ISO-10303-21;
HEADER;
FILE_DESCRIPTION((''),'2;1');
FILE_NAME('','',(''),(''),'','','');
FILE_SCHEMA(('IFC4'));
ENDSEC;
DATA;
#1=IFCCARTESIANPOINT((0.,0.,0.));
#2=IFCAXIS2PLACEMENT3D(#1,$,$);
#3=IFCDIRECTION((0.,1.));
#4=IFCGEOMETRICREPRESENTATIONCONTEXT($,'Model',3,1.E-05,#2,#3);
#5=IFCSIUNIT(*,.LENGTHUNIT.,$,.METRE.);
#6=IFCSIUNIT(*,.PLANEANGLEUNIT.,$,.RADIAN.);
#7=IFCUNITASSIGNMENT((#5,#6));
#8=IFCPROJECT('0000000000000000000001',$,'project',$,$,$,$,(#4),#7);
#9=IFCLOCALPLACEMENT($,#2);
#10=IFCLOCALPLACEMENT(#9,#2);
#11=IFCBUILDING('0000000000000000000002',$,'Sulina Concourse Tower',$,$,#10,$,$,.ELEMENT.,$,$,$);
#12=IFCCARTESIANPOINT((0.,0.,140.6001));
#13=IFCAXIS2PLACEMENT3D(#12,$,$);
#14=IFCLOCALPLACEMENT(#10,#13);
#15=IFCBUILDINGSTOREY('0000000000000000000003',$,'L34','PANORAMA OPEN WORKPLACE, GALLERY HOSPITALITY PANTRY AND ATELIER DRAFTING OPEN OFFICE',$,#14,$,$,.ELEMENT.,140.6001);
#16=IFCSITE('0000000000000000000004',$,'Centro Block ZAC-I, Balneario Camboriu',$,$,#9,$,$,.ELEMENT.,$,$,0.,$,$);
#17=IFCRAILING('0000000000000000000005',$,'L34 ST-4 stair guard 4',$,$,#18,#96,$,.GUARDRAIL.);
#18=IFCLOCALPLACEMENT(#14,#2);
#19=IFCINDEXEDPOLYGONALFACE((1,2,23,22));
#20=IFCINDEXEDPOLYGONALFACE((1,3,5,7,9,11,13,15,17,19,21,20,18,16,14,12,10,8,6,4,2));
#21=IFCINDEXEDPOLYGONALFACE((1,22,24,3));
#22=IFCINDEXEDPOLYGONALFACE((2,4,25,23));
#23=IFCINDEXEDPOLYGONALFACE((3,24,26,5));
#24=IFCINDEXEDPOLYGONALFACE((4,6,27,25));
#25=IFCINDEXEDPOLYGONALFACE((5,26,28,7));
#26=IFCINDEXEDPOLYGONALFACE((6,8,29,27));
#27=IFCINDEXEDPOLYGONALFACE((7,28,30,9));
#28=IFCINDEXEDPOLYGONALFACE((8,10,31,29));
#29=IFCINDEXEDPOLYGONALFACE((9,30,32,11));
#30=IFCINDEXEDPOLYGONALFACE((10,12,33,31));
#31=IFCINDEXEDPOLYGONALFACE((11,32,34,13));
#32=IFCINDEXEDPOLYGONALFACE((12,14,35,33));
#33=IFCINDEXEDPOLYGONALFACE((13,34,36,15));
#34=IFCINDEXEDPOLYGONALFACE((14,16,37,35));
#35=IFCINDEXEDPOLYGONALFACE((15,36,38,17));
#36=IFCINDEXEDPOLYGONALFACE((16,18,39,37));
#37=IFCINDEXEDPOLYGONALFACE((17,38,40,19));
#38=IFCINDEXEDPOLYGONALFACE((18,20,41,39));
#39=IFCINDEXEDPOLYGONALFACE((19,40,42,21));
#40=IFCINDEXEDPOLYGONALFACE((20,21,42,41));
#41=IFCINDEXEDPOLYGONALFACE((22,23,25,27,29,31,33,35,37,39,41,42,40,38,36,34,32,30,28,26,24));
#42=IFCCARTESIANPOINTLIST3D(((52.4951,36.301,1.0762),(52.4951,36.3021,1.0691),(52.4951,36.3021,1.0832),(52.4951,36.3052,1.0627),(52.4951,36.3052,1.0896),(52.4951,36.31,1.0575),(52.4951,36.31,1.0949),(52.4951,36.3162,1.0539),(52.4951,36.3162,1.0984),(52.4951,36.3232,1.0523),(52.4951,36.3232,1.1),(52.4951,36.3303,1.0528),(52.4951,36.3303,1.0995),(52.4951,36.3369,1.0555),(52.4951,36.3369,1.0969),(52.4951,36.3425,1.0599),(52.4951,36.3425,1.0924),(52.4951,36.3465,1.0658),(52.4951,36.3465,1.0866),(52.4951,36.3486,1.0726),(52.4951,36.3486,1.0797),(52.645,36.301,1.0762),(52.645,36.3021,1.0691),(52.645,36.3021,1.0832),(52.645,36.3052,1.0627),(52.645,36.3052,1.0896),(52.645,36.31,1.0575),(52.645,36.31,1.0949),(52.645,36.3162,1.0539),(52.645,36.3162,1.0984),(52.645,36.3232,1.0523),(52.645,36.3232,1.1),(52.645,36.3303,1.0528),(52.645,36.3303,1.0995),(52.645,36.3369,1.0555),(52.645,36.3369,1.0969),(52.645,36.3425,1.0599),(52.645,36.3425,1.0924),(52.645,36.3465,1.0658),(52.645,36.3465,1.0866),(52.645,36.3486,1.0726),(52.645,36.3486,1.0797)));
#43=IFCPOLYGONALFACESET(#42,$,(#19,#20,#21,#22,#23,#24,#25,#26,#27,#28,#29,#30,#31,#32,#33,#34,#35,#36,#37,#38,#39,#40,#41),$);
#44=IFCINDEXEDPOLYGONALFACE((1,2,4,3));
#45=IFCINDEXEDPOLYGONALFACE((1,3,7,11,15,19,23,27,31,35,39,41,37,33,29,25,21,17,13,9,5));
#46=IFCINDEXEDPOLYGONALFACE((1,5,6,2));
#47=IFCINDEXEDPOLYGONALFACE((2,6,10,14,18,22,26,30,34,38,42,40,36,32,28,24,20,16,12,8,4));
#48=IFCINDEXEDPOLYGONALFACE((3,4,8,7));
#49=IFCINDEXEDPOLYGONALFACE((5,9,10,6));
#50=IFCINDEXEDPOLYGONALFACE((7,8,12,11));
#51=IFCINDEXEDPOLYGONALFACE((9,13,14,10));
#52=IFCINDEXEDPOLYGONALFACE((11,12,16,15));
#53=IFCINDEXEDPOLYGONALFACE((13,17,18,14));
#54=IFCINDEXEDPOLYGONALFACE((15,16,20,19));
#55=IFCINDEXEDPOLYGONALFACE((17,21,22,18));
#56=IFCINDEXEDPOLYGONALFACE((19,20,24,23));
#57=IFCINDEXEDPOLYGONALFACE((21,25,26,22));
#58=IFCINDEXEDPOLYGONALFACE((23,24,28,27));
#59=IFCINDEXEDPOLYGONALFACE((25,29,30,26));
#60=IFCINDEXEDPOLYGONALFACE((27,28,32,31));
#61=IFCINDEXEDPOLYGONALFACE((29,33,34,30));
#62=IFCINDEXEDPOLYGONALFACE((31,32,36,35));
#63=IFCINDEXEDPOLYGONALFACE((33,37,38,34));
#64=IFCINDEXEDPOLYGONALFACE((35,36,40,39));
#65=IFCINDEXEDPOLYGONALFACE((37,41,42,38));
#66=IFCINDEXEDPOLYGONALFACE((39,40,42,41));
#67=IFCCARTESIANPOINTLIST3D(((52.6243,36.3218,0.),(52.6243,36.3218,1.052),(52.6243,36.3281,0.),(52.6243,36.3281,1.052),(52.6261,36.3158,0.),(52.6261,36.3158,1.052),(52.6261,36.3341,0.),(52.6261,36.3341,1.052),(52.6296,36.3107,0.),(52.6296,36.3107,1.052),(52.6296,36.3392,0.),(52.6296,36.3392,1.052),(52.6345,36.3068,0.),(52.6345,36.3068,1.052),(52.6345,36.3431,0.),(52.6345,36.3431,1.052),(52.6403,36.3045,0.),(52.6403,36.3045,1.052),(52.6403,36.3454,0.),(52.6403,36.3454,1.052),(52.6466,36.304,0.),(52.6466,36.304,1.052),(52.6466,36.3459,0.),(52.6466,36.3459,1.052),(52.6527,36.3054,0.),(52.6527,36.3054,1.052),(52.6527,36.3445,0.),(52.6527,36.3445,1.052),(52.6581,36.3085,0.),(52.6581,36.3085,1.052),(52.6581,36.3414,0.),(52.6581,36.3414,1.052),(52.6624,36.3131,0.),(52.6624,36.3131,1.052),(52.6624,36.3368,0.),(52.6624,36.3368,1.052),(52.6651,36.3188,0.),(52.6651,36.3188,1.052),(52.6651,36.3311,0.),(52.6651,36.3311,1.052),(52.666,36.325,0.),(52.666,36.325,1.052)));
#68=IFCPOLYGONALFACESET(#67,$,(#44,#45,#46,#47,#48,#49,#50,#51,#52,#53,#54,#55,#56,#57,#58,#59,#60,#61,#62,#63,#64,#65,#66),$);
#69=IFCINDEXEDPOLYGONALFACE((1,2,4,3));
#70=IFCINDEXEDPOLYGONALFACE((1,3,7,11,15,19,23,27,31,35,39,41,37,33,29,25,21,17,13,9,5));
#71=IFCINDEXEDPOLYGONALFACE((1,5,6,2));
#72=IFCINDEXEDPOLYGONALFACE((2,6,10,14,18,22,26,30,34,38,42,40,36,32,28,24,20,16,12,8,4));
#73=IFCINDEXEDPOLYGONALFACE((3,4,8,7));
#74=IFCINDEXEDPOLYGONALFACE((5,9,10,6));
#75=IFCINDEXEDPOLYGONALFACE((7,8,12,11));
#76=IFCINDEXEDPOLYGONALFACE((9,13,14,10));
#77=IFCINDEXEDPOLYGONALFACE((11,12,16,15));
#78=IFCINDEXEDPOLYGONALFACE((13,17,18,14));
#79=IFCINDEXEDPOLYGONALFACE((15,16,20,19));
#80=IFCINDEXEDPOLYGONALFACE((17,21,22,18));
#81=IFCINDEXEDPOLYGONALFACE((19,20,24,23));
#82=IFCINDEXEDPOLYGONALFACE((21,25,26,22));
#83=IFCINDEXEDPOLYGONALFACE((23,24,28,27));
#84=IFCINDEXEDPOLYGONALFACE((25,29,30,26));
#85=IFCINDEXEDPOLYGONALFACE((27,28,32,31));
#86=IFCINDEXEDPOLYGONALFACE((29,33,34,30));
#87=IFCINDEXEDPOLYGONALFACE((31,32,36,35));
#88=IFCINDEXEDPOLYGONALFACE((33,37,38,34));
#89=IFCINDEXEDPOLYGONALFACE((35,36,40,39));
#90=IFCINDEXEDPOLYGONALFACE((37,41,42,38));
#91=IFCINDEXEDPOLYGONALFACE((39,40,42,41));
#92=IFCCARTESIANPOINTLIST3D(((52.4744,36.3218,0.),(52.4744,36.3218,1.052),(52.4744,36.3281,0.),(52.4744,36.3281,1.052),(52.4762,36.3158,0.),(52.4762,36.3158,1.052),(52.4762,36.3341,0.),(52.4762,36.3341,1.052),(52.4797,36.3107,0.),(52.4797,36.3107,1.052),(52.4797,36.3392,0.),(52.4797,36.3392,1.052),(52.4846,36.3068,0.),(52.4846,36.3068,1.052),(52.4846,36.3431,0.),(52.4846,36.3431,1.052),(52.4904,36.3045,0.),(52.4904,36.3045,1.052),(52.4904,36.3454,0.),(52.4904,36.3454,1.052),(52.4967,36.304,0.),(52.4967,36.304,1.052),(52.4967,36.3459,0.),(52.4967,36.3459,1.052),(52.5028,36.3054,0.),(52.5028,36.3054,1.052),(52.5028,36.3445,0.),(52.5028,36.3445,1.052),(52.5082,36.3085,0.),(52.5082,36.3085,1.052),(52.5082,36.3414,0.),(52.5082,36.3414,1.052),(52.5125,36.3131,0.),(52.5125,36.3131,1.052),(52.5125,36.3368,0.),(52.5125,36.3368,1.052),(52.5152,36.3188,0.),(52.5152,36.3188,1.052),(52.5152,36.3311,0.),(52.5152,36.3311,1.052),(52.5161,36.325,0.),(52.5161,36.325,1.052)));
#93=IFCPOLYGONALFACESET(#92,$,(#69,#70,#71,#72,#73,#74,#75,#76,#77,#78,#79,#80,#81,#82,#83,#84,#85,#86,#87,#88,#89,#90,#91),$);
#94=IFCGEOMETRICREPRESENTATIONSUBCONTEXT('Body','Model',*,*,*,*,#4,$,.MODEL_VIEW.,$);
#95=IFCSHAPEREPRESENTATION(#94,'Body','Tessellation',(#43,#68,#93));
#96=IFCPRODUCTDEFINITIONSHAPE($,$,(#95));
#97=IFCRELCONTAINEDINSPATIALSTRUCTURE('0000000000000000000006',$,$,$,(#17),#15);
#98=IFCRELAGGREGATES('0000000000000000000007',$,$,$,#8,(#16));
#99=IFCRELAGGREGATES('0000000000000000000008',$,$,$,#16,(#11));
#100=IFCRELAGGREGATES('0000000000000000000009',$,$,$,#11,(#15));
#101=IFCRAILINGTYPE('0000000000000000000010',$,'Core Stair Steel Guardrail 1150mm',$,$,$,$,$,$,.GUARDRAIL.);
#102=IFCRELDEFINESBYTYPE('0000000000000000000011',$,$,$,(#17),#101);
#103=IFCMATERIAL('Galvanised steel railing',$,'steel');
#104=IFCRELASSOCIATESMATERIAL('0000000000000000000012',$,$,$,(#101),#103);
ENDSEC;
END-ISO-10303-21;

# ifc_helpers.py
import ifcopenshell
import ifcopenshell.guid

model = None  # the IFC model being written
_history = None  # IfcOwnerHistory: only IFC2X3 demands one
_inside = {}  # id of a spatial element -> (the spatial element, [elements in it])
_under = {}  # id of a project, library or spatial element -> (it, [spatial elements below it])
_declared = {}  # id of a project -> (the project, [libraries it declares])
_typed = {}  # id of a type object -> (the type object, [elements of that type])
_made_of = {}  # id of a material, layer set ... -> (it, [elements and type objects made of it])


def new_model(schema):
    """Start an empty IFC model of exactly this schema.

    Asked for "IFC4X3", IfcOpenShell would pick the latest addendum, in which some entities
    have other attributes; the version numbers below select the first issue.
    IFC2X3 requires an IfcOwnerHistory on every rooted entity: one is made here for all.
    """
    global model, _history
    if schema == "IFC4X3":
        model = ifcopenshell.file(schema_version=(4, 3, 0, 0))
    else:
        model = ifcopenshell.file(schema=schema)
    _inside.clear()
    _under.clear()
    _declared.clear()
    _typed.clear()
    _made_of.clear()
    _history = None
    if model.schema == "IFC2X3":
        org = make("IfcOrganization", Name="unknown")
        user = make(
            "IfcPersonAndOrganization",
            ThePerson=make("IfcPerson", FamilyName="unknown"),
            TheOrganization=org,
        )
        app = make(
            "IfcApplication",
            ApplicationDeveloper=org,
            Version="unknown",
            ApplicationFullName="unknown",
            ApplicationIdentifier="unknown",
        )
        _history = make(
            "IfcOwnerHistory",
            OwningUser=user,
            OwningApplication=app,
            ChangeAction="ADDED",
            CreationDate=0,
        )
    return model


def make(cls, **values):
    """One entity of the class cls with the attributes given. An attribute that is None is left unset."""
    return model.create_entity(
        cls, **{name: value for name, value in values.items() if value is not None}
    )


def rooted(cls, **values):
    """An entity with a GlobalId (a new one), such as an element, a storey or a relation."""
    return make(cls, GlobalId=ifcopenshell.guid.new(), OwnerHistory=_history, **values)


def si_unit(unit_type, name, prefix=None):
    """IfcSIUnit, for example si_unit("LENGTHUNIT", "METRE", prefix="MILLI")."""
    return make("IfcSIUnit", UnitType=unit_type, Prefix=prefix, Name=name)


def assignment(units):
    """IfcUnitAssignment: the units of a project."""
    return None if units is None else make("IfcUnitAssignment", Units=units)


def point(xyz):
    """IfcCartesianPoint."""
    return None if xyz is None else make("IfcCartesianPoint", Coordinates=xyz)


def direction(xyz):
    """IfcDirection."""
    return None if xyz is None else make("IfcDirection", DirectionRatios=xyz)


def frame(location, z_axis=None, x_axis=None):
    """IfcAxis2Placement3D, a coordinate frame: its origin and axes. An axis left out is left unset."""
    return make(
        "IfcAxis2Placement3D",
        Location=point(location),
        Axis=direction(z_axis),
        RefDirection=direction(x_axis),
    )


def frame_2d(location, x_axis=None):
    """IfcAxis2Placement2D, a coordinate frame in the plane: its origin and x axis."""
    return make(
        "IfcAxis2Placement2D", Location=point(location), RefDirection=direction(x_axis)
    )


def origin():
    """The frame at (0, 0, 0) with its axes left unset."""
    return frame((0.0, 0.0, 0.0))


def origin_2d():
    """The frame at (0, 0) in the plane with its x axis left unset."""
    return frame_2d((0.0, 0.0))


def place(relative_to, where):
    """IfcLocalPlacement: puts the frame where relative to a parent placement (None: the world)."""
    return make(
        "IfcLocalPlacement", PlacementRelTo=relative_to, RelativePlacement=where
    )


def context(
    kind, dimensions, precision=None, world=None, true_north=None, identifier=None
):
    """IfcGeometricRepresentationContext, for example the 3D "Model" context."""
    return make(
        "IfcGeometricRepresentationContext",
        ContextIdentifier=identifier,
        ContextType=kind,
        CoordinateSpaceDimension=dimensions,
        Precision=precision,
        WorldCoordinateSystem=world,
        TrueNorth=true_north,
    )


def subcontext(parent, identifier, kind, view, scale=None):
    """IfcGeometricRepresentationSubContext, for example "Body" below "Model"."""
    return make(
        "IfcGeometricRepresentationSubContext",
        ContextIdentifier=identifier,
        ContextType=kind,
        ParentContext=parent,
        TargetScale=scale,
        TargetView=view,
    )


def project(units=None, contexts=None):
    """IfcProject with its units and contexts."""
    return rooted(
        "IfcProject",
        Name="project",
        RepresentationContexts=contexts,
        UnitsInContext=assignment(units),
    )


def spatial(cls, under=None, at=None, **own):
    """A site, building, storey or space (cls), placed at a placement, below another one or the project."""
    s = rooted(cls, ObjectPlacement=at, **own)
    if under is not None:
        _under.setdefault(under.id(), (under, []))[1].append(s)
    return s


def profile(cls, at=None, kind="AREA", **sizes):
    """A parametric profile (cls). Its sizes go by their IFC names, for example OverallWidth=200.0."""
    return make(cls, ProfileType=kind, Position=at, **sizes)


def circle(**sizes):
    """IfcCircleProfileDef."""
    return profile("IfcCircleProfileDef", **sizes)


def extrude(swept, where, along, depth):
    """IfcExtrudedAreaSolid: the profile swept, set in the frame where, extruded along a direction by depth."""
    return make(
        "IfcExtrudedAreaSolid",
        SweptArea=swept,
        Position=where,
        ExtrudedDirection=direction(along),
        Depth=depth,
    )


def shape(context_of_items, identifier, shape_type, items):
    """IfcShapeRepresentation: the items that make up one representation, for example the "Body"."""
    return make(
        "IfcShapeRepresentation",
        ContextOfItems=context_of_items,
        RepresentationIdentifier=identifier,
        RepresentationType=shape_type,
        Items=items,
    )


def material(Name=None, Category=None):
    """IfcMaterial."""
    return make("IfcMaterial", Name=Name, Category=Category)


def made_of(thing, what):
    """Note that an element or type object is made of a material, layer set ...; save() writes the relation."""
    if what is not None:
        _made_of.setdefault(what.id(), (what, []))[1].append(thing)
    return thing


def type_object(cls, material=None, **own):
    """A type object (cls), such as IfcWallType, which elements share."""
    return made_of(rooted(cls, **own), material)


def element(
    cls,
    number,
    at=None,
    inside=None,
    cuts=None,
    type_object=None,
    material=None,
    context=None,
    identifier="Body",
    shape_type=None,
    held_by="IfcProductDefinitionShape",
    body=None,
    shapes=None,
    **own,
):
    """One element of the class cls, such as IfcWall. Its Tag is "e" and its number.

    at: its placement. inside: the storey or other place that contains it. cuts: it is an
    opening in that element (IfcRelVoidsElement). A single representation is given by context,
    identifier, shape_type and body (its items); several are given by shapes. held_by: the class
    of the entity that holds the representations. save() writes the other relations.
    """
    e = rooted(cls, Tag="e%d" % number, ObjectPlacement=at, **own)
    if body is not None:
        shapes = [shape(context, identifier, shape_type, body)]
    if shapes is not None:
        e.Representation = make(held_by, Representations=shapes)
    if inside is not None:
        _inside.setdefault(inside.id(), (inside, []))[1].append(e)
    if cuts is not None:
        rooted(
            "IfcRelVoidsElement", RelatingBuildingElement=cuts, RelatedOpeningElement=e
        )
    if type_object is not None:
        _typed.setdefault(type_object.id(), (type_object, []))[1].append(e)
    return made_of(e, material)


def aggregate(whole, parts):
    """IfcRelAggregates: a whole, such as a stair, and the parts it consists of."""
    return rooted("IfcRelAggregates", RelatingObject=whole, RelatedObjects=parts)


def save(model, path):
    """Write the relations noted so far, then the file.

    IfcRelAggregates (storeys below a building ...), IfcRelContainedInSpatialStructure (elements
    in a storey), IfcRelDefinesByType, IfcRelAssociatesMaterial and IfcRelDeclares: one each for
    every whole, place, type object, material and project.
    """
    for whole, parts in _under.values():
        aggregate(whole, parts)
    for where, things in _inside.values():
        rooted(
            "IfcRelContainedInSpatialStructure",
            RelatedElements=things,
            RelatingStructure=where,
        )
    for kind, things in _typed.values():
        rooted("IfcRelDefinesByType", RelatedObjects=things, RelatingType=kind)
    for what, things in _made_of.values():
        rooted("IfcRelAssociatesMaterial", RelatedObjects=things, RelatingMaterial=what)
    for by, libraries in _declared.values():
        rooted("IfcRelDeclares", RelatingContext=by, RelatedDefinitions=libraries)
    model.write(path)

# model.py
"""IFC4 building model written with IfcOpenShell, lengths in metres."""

from ifc_helpers import new_model, si_unit, direction, frame, origin, origin_2d, place, context, subcontext, project, spatial, circle, extrude, material, type_object, element, save


model = new_model("IFC4")

# Units and contexts
model_context = context("Model", 3, precision=1e-05, world=origin(), true_north=direction((0.0, 1.0)))
body_context = subcontext(model_context, "Body", "Model", "MODEL_VIEW")
ifc_project = project(units=[si_unit("LENGTHUNIT", "METRE"), si_unit("PLANEANGLEUNIT", "RADIAN")], contexts=[model_context])

# Site, building, storey
site_placement = place(None, origin())
site = spatial("IfcSite", under=ifc_project, at=site_placement, Name="Centro Block ZAC-I, Balneario Camboriu", CompositionType="ELEMENT", RefElevation=0.0)
building_placement = place(site_placement, origin())
building = spatial("IfcBuilding", under=site, at=building_placement, Name="Sulina Concourse Tower", CompositionType="ELEMENT")
storey_placement = place(building_placement, frame((0.0, 0.0, 140.6001)))
storey = spatial("IfcBuildingStorey", under=building, at=storey_placement, Name="L34", Description="PANORAMA OPEN WORKPLACE, GALLERY HOSPITALITY PANTRY AND ATELIER DRAFTING OPEN OFFICE", CompositionType="ELEMENT", Elevation=140.6001)

# Railing
ifc_material_1 = material(Name="Galvanised steel railing", Category="steel")
railing_type_1 = type_object("IfcRailingType", Name="Core Stair Steel Guardrail 1150mm", PredefinedType="GUARDRAIL", material=ifc_material_1)
railing_1_placement = place(storey_placement, frame((52.645, 36.325, 0.0)))
element("IfcRailing", 1, at=railing_1_placement, inside=storey, type_object=railing_type_1, Name="L34 ST-4 stair guard 4", PredefinedType="GUARDRAIL", context=body_context, shape_type="SweptSolid", body=[
    extrude(circle(Radius=0.0239, at=origin_2d()), frame((0.0, 0.0, 1.0762), z_axis=(-1.0, 0.0, 0.0), x_axis=(0.0, -1.0, 0.0)), (0.0, 0.0, 1.0), 0.1499),
    extrude(circle(Radius=0.021, at=origin_2d()), origin(), (0.0, 0.0, 1.0), 1.052),
    extrude(circle(Radius=0.021, at=origin_2d()), frame((-0.1499, 0.0, 0.0)), (0.0, 0.0, 1.0), 1.052),
])

save(model, "model.ifc")
